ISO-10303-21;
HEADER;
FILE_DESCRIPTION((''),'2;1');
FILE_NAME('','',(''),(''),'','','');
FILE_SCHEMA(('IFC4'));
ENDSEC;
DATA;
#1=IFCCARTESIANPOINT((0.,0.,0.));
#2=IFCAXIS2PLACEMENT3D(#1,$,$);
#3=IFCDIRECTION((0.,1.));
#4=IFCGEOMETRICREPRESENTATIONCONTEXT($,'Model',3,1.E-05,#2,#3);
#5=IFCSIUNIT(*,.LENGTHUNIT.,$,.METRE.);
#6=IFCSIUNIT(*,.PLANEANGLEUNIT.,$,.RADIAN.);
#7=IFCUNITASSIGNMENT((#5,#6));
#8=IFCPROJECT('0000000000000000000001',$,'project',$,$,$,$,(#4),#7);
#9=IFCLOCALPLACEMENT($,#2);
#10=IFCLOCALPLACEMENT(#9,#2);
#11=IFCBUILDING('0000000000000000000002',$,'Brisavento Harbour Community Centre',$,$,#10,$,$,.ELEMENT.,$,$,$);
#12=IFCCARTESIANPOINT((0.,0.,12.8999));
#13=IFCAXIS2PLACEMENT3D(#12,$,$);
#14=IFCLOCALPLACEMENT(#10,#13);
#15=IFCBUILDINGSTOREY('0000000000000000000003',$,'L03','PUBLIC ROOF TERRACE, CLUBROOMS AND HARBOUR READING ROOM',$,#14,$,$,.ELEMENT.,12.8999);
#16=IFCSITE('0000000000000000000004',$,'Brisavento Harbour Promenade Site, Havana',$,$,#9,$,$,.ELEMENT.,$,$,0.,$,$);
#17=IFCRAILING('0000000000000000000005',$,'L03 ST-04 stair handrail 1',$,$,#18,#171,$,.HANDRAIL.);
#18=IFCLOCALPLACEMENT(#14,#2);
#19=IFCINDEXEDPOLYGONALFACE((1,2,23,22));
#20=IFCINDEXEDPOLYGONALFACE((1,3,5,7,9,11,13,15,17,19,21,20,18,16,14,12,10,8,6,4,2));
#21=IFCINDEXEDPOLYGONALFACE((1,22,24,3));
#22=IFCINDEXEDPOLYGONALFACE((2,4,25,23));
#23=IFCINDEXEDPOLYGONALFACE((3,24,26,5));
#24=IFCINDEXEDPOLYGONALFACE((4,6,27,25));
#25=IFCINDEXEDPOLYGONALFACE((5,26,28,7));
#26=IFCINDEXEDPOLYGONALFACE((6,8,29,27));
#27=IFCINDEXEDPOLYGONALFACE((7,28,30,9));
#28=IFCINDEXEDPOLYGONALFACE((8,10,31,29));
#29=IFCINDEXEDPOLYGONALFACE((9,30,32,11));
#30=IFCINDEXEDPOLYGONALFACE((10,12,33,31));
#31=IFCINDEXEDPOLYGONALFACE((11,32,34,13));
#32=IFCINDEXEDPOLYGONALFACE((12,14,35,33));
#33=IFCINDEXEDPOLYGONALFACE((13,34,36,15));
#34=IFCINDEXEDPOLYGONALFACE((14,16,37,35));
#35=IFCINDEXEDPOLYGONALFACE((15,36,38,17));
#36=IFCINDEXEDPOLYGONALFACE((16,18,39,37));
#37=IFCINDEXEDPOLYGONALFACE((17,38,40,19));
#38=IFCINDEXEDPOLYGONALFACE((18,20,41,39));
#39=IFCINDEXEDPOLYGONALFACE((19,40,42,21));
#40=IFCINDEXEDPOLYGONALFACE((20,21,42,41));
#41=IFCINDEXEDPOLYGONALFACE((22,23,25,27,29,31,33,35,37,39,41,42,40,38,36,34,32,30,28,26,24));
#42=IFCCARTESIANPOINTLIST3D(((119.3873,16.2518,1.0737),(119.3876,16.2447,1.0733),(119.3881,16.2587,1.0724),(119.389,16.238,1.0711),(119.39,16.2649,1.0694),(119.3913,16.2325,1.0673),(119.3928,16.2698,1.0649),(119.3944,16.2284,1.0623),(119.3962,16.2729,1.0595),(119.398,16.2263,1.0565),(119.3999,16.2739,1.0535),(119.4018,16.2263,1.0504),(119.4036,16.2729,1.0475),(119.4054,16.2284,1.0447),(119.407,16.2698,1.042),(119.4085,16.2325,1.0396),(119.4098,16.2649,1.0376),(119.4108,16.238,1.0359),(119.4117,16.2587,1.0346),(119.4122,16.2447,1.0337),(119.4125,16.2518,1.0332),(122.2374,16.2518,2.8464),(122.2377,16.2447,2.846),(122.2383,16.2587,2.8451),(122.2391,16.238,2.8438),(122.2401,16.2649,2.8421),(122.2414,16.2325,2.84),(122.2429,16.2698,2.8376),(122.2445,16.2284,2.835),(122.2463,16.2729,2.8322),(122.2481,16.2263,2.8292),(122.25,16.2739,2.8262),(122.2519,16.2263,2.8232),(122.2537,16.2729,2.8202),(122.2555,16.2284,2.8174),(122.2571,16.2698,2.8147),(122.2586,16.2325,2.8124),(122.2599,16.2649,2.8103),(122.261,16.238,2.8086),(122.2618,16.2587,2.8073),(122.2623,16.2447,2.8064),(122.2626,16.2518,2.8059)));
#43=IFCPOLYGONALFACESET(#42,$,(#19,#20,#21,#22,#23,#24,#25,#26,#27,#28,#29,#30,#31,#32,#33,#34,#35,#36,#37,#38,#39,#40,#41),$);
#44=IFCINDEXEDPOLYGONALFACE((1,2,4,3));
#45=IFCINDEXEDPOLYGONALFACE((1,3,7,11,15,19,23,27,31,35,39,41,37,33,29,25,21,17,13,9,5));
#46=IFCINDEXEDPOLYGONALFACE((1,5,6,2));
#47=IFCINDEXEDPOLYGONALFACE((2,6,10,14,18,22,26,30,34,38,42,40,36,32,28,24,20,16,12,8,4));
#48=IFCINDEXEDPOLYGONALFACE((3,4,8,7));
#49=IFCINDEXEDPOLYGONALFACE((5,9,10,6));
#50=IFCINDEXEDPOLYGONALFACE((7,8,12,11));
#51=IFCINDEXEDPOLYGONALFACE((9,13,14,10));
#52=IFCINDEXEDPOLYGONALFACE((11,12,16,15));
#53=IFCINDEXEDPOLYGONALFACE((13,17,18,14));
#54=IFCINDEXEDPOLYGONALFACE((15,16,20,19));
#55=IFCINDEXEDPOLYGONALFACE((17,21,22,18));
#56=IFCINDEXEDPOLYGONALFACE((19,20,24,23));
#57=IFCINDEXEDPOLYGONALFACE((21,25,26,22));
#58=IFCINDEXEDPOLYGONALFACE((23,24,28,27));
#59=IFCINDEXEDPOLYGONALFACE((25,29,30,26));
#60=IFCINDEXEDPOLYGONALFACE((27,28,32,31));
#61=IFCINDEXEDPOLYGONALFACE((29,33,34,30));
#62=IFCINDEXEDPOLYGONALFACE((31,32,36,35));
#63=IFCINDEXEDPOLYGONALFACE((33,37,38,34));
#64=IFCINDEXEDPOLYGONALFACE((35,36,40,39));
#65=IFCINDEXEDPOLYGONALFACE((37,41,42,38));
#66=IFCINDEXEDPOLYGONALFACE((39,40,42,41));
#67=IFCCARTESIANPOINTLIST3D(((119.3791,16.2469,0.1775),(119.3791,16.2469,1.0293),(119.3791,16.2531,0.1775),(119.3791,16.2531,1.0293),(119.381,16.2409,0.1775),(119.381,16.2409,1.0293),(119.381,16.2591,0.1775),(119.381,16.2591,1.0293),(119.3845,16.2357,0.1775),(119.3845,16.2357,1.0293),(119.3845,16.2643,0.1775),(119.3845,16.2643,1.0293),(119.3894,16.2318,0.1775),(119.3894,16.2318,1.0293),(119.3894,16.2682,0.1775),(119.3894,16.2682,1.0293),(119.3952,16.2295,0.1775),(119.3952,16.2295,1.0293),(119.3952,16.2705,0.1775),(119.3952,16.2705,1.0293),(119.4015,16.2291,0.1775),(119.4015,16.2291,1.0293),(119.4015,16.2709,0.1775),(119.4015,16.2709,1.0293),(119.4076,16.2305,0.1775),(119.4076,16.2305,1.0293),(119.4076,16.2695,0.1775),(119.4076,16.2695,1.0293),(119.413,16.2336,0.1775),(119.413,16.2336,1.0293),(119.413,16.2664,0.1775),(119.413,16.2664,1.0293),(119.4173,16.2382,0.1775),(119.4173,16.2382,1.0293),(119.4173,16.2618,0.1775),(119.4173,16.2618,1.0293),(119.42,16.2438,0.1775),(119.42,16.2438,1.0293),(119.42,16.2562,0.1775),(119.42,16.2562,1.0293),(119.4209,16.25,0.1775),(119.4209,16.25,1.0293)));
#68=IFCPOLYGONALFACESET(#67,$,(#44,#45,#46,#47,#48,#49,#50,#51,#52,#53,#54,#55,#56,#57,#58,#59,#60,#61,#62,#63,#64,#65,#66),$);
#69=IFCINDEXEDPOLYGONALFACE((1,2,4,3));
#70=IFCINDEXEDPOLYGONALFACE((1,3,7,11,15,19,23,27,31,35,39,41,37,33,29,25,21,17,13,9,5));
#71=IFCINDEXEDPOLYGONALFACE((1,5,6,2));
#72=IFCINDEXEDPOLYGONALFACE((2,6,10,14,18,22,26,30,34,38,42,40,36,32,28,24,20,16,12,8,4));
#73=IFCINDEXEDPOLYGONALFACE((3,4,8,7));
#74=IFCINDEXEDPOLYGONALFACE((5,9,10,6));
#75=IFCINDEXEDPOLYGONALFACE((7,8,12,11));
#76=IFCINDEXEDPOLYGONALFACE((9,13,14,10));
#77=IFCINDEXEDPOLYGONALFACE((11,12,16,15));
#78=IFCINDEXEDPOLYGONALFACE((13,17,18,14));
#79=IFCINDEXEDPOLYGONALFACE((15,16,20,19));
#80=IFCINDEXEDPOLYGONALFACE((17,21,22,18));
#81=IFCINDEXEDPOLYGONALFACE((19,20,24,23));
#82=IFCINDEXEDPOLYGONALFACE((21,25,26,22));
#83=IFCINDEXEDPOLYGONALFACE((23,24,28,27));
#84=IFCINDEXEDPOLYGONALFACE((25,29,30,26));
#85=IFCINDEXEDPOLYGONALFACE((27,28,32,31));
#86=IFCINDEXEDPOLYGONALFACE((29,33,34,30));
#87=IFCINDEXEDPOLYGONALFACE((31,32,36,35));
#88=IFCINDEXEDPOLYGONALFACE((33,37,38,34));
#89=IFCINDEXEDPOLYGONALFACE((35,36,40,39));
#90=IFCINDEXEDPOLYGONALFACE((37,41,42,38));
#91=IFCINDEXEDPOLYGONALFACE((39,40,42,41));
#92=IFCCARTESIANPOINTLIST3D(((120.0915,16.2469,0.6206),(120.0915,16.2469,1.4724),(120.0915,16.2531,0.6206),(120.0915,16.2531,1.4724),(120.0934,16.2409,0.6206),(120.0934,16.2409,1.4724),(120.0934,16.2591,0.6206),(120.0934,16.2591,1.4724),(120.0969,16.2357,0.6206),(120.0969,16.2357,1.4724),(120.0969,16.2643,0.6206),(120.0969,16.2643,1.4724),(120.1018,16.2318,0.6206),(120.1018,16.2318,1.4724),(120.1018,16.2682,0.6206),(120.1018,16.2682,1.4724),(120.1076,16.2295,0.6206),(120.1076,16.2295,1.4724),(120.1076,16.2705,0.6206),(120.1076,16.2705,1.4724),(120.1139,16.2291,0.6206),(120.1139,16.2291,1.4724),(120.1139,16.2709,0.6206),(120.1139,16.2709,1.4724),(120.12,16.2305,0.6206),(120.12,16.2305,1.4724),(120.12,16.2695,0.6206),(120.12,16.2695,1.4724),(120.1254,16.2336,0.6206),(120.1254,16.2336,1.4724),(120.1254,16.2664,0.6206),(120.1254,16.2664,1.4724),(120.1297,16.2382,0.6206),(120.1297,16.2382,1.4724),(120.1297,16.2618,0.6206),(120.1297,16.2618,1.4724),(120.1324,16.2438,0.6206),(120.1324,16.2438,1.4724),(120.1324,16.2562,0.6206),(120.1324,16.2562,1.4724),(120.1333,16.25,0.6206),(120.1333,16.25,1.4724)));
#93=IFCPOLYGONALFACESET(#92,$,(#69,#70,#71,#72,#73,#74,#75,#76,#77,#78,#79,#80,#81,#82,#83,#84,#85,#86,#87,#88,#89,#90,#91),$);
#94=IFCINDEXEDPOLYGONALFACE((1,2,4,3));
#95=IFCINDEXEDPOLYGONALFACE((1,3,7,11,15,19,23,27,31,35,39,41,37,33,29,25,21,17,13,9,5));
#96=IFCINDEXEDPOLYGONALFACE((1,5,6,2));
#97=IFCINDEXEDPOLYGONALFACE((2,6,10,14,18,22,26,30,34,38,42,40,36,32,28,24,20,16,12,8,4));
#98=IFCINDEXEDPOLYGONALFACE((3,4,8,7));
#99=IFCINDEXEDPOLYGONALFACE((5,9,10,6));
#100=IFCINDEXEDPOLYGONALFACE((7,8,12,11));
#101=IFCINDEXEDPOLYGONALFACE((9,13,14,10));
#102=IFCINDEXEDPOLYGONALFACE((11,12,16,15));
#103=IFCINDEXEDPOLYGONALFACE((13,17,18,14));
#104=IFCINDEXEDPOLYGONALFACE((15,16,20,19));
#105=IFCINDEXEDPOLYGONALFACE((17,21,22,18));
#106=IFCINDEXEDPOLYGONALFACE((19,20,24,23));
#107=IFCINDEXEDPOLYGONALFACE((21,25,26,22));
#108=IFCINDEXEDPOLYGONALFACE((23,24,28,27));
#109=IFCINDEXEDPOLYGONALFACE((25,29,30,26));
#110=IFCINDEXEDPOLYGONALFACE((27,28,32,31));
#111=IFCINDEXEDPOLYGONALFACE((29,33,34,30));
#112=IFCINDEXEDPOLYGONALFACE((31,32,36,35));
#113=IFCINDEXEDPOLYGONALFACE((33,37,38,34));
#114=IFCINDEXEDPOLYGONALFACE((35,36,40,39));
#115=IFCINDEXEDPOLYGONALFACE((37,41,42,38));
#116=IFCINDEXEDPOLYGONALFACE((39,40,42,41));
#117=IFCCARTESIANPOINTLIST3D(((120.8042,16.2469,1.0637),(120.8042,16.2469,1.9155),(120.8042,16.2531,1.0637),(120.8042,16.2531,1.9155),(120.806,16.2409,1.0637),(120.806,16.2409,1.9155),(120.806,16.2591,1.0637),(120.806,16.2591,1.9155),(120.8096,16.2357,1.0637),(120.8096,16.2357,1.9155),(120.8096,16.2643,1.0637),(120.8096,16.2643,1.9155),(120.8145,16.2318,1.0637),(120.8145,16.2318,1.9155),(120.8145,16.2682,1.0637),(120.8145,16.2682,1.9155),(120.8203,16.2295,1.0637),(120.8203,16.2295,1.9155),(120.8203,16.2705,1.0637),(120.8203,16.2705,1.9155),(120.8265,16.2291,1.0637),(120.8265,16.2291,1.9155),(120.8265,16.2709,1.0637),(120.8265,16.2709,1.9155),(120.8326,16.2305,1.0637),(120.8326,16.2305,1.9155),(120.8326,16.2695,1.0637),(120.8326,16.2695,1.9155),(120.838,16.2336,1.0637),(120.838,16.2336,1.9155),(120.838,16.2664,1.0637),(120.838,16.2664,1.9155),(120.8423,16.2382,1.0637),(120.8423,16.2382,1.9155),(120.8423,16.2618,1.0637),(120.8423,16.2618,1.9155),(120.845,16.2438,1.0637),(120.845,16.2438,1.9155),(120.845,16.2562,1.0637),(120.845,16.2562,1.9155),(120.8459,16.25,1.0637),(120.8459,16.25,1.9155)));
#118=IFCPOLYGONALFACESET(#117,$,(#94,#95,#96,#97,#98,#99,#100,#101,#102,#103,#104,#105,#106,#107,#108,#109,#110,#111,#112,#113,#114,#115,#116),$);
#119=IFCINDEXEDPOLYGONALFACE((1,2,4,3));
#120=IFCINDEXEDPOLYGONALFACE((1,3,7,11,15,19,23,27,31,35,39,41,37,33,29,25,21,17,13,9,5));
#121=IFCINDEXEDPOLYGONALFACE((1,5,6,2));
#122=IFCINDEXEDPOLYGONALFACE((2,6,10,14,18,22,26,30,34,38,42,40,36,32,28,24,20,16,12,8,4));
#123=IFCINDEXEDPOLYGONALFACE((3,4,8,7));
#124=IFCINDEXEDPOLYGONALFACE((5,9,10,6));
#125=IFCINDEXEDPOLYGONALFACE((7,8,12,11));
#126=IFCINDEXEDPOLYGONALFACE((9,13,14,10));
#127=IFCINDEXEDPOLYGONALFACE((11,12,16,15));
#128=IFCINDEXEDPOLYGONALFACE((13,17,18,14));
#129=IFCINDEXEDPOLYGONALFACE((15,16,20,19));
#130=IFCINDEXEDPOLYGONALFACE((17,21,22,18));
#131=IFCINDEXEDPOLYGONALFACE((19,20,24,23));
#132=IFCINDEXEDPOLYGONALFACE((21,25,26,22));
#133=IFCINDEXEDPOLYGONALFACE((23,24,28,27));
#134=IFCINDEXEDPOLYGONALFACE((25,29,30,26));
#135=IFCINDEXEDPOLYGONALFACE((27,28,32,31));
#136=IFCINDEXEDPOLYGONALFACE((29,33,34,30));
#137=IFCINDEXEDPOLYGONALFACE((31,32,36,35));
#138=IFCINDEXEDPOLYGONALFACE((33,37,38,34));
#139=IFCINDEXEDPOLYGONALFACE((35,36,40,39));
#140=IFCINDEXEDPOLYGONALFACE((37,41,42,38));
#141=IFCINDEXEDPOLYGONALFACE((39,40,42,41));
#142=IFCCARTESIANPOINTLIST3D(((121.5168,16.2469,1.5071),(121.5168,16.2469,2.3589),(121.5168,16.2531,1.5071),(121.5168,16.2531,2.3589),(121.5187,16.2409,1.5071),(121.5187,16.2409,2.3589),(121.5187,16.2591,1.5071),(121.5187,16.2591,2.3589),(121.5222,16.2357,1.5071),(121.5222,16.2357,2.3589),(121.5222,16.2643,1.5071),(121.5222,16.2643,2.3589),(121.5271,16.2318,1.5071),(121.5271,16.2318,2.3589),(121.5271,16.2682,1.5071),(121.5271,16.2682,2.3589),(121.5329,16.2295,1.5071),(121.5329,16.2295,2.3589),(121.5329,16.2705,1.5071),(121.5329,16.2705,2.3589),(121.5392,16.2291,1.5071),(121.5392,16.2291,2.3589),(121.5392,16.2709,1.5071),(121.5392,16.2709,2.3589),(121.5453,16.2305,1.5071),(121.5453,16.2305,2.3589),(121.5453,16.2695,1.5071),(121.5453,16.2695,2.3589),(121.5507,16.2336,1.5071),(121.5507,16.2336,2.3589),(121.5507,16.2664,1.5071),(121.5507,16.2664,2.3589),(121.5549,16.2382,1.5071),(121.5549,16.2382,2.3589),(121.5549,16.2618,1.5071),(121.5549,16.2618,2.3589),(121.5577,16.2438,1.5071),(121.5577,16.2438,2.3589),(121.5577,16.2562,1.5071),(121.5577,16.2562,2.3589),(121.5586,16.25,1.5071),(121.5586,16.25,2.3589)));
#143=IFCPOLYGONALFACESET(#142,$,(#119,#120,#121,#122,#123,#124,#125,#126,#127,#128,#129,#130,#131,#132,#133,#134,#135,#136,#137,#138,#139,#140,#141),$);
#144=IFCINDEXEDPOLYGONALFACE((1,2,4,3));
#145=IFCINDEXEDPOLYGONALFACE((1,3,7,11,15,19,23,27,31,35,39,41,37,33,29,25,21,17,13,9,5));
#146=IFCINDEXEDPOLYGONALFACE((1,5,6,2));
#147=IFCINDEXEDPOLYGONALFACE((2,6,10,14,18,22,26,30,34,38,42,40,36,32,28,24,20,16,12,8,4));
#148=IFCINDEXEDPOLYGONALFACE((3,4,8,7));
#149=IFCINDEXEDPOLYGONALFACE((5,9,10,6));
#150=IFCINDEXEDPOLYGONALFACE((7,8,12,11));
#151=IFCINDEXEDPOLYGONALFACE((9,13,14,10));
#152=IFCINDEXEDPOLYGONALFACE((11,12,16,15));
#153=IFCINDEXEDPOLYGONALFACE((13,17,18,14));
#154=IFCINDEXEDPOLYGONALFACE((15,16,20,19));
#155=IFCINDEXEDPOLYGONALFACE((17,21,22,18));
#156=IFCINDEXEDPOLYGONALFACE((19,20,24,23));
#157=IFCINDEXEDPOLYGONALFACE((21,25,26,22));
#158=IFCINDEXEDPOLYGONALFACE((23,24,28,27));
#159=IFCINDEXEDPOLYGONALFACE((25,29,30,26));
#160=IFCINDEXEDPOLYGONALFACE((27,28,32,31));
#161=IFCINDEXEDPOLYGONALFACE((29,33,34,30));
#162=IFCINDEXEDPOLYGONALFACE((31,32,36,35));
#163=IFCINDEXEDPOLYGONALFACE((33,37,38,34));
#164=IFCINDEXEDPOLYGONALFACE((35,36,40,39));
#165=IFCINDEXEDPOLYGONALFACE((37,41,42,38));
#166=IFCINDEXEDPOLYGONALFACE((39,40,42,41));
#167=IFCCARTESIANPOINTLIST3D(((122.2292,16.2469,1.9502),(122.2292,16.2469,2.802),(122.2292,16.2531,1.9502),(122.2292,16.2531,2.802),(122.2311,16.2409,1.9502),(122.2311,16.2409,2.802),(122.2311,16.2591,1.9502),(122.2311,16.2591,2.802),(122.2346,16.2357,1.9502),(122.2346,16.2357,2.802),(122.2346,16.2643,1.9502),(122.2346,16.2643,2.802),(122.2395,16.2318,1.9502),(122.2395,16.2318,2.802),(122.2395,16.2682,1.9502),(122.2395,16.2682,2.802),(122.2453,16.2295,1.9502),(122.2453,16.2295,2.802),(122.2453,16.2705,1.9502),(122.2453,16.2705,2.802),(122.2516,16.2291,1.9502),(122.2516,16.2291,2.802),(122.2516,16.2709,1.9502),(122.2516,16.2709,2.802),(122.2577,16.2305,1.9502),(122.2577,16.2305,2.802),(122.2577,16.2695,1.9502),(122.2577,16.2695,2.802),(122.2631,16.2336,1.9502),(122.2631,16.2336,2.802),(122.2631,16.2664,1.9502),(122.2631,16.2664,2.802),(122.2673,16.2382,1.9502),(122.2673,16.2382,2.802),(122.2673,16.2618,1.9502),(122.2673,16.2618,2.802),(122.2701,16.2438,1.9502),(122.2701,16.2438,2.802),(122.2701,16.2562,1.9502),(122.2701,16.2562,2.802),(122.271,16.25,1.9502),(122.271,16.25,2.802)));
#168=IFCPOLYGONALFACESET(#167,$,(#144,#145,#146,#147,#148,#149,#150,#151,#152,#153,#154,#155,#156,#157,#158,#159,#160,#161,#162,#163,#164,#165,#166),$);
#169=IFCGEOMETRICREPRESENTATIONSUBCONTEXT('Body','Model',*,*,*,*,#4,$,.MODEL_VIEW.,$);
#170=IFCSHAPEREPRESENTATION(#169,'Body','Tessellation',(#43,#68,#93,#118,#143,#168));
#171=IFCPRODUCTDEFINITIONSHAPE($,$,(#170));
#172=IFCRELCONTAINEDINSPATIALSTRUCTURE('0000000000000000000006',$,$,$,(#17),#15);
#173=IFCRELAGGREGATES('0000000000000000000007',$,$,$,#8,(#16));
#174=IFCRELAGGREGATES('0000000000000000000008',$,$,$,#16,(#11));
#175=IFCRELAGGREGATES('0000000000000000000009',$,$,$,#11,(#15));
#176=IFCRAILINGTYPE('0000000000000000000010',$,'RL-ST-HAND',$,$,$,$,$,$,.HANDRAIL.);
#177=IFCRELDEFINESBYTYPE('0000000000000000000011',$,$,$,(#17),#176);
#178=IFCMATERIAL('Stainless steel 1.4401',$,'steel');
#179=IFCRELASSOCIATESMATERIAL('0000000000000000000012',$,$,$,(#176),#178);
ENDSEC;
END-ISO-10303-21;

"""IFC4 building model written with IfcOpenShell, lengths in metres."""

from ifc_helpers import new_model, si_unit, direction, frame, origin, origin_2d, place, context, subcontext, project, spatial, circle, extrude, material, type_object, element, save


model = new_model("IFC4")

# Units and contexts
model_context = context("Model", 3, precision=1e-05, world=origin(), true_north=direction((0.0, 1.0)))
body_context = subcontext(model_context, "Body", "Model", "MODEL_VIEW")
ifc_project = project(units=[si_unit("LENGTHUNIT", "METRE"), si_unit("PLANEANGLEUNIT", "RADIAN")], contexts=[model_context])

# Site, building, storey
site_placement = place(None, origin())
site = spatial("IfcSite", under=ifc_project, at=site_placement, Name="Brisavento Harbour Promenade Site, Havana", CompositionType="ELEMENT", RefElevation=0.0)
building_placement = place(site_placement, origin())
building = spatial("IfcBuilding", under=site, at=building_placement, Name="Brisavento Harbour Community Centre", CompositionType="ELEMENT")
storey_placement = place(building_placement, frame((0.0, 0.0, 12.8999)))
storey = spatial("IfcBuildingStorey", under=building, at=storey_placement, Name="L03", Description="PUBLIC ROOF TERRACE, CLUBROOMS AND HARBOUR READING ROOM", CompositionType="ELEMENT", Elevation=12.8999)

# Railing
ifc_material_1 = material(Name="Stainless steel 1.4401", Category="steel")
railing_type_1 = type_object("IfcRailingType", Name="RL-ST-HAND", PredefinedType="HANDRAIL", material=ifc_material_1)
railing_1_placement = place(storey_placement, frame((119.3999, 16.25, 0.1775)))
element("IfcRailing", 1, at=railing_1_placement, inside=storey, type_object=railing_type_1, Name="L03 ST-04 stair handrail 1", PredefinedType="HANDRAIL", context=body_context, shape_type="SweptSolid", body=[
    extrude(circle(Radius=0.0239, at=origin_2d()), frame((0.0, 0.0, 0.876), z_axis=(0.849149, 0.0, 0.528154), x_axis=(0.0, 1.0, 0.0)), (0.0, 0.0, 1.0), 3.3564),
    extrude(circle(Radius=0.021, at=origin_2d()), origin(), (0.0, 0.0, 1.0), 0.8518),
    extrude(circle(Radius=0.021, at=origin_2d()), frame((0.7124, 0.0, 0.4431)), (0.0, 0.0, 1.0), 0.8518),
    extrude(circle(Radius=0.021, at=origin_2d()), frame((1.425, 0.0, 0.8862)), (0.0, 0.0, 1.0), 0.8518),
    extrude(circle(Radius=0.021, at=origin_2d()), frame((2.1377, 0.0, 1.3296)), (0.0, 0.0, 1.0), 0.8518),
    extrude(circle(Radius=0.021, at=origin_2d()), frame((2.8501, 0.0, 1.7727)), (0.0, 0.0, 1.0), 0.8518),
])

save(model, "model.ifc")
